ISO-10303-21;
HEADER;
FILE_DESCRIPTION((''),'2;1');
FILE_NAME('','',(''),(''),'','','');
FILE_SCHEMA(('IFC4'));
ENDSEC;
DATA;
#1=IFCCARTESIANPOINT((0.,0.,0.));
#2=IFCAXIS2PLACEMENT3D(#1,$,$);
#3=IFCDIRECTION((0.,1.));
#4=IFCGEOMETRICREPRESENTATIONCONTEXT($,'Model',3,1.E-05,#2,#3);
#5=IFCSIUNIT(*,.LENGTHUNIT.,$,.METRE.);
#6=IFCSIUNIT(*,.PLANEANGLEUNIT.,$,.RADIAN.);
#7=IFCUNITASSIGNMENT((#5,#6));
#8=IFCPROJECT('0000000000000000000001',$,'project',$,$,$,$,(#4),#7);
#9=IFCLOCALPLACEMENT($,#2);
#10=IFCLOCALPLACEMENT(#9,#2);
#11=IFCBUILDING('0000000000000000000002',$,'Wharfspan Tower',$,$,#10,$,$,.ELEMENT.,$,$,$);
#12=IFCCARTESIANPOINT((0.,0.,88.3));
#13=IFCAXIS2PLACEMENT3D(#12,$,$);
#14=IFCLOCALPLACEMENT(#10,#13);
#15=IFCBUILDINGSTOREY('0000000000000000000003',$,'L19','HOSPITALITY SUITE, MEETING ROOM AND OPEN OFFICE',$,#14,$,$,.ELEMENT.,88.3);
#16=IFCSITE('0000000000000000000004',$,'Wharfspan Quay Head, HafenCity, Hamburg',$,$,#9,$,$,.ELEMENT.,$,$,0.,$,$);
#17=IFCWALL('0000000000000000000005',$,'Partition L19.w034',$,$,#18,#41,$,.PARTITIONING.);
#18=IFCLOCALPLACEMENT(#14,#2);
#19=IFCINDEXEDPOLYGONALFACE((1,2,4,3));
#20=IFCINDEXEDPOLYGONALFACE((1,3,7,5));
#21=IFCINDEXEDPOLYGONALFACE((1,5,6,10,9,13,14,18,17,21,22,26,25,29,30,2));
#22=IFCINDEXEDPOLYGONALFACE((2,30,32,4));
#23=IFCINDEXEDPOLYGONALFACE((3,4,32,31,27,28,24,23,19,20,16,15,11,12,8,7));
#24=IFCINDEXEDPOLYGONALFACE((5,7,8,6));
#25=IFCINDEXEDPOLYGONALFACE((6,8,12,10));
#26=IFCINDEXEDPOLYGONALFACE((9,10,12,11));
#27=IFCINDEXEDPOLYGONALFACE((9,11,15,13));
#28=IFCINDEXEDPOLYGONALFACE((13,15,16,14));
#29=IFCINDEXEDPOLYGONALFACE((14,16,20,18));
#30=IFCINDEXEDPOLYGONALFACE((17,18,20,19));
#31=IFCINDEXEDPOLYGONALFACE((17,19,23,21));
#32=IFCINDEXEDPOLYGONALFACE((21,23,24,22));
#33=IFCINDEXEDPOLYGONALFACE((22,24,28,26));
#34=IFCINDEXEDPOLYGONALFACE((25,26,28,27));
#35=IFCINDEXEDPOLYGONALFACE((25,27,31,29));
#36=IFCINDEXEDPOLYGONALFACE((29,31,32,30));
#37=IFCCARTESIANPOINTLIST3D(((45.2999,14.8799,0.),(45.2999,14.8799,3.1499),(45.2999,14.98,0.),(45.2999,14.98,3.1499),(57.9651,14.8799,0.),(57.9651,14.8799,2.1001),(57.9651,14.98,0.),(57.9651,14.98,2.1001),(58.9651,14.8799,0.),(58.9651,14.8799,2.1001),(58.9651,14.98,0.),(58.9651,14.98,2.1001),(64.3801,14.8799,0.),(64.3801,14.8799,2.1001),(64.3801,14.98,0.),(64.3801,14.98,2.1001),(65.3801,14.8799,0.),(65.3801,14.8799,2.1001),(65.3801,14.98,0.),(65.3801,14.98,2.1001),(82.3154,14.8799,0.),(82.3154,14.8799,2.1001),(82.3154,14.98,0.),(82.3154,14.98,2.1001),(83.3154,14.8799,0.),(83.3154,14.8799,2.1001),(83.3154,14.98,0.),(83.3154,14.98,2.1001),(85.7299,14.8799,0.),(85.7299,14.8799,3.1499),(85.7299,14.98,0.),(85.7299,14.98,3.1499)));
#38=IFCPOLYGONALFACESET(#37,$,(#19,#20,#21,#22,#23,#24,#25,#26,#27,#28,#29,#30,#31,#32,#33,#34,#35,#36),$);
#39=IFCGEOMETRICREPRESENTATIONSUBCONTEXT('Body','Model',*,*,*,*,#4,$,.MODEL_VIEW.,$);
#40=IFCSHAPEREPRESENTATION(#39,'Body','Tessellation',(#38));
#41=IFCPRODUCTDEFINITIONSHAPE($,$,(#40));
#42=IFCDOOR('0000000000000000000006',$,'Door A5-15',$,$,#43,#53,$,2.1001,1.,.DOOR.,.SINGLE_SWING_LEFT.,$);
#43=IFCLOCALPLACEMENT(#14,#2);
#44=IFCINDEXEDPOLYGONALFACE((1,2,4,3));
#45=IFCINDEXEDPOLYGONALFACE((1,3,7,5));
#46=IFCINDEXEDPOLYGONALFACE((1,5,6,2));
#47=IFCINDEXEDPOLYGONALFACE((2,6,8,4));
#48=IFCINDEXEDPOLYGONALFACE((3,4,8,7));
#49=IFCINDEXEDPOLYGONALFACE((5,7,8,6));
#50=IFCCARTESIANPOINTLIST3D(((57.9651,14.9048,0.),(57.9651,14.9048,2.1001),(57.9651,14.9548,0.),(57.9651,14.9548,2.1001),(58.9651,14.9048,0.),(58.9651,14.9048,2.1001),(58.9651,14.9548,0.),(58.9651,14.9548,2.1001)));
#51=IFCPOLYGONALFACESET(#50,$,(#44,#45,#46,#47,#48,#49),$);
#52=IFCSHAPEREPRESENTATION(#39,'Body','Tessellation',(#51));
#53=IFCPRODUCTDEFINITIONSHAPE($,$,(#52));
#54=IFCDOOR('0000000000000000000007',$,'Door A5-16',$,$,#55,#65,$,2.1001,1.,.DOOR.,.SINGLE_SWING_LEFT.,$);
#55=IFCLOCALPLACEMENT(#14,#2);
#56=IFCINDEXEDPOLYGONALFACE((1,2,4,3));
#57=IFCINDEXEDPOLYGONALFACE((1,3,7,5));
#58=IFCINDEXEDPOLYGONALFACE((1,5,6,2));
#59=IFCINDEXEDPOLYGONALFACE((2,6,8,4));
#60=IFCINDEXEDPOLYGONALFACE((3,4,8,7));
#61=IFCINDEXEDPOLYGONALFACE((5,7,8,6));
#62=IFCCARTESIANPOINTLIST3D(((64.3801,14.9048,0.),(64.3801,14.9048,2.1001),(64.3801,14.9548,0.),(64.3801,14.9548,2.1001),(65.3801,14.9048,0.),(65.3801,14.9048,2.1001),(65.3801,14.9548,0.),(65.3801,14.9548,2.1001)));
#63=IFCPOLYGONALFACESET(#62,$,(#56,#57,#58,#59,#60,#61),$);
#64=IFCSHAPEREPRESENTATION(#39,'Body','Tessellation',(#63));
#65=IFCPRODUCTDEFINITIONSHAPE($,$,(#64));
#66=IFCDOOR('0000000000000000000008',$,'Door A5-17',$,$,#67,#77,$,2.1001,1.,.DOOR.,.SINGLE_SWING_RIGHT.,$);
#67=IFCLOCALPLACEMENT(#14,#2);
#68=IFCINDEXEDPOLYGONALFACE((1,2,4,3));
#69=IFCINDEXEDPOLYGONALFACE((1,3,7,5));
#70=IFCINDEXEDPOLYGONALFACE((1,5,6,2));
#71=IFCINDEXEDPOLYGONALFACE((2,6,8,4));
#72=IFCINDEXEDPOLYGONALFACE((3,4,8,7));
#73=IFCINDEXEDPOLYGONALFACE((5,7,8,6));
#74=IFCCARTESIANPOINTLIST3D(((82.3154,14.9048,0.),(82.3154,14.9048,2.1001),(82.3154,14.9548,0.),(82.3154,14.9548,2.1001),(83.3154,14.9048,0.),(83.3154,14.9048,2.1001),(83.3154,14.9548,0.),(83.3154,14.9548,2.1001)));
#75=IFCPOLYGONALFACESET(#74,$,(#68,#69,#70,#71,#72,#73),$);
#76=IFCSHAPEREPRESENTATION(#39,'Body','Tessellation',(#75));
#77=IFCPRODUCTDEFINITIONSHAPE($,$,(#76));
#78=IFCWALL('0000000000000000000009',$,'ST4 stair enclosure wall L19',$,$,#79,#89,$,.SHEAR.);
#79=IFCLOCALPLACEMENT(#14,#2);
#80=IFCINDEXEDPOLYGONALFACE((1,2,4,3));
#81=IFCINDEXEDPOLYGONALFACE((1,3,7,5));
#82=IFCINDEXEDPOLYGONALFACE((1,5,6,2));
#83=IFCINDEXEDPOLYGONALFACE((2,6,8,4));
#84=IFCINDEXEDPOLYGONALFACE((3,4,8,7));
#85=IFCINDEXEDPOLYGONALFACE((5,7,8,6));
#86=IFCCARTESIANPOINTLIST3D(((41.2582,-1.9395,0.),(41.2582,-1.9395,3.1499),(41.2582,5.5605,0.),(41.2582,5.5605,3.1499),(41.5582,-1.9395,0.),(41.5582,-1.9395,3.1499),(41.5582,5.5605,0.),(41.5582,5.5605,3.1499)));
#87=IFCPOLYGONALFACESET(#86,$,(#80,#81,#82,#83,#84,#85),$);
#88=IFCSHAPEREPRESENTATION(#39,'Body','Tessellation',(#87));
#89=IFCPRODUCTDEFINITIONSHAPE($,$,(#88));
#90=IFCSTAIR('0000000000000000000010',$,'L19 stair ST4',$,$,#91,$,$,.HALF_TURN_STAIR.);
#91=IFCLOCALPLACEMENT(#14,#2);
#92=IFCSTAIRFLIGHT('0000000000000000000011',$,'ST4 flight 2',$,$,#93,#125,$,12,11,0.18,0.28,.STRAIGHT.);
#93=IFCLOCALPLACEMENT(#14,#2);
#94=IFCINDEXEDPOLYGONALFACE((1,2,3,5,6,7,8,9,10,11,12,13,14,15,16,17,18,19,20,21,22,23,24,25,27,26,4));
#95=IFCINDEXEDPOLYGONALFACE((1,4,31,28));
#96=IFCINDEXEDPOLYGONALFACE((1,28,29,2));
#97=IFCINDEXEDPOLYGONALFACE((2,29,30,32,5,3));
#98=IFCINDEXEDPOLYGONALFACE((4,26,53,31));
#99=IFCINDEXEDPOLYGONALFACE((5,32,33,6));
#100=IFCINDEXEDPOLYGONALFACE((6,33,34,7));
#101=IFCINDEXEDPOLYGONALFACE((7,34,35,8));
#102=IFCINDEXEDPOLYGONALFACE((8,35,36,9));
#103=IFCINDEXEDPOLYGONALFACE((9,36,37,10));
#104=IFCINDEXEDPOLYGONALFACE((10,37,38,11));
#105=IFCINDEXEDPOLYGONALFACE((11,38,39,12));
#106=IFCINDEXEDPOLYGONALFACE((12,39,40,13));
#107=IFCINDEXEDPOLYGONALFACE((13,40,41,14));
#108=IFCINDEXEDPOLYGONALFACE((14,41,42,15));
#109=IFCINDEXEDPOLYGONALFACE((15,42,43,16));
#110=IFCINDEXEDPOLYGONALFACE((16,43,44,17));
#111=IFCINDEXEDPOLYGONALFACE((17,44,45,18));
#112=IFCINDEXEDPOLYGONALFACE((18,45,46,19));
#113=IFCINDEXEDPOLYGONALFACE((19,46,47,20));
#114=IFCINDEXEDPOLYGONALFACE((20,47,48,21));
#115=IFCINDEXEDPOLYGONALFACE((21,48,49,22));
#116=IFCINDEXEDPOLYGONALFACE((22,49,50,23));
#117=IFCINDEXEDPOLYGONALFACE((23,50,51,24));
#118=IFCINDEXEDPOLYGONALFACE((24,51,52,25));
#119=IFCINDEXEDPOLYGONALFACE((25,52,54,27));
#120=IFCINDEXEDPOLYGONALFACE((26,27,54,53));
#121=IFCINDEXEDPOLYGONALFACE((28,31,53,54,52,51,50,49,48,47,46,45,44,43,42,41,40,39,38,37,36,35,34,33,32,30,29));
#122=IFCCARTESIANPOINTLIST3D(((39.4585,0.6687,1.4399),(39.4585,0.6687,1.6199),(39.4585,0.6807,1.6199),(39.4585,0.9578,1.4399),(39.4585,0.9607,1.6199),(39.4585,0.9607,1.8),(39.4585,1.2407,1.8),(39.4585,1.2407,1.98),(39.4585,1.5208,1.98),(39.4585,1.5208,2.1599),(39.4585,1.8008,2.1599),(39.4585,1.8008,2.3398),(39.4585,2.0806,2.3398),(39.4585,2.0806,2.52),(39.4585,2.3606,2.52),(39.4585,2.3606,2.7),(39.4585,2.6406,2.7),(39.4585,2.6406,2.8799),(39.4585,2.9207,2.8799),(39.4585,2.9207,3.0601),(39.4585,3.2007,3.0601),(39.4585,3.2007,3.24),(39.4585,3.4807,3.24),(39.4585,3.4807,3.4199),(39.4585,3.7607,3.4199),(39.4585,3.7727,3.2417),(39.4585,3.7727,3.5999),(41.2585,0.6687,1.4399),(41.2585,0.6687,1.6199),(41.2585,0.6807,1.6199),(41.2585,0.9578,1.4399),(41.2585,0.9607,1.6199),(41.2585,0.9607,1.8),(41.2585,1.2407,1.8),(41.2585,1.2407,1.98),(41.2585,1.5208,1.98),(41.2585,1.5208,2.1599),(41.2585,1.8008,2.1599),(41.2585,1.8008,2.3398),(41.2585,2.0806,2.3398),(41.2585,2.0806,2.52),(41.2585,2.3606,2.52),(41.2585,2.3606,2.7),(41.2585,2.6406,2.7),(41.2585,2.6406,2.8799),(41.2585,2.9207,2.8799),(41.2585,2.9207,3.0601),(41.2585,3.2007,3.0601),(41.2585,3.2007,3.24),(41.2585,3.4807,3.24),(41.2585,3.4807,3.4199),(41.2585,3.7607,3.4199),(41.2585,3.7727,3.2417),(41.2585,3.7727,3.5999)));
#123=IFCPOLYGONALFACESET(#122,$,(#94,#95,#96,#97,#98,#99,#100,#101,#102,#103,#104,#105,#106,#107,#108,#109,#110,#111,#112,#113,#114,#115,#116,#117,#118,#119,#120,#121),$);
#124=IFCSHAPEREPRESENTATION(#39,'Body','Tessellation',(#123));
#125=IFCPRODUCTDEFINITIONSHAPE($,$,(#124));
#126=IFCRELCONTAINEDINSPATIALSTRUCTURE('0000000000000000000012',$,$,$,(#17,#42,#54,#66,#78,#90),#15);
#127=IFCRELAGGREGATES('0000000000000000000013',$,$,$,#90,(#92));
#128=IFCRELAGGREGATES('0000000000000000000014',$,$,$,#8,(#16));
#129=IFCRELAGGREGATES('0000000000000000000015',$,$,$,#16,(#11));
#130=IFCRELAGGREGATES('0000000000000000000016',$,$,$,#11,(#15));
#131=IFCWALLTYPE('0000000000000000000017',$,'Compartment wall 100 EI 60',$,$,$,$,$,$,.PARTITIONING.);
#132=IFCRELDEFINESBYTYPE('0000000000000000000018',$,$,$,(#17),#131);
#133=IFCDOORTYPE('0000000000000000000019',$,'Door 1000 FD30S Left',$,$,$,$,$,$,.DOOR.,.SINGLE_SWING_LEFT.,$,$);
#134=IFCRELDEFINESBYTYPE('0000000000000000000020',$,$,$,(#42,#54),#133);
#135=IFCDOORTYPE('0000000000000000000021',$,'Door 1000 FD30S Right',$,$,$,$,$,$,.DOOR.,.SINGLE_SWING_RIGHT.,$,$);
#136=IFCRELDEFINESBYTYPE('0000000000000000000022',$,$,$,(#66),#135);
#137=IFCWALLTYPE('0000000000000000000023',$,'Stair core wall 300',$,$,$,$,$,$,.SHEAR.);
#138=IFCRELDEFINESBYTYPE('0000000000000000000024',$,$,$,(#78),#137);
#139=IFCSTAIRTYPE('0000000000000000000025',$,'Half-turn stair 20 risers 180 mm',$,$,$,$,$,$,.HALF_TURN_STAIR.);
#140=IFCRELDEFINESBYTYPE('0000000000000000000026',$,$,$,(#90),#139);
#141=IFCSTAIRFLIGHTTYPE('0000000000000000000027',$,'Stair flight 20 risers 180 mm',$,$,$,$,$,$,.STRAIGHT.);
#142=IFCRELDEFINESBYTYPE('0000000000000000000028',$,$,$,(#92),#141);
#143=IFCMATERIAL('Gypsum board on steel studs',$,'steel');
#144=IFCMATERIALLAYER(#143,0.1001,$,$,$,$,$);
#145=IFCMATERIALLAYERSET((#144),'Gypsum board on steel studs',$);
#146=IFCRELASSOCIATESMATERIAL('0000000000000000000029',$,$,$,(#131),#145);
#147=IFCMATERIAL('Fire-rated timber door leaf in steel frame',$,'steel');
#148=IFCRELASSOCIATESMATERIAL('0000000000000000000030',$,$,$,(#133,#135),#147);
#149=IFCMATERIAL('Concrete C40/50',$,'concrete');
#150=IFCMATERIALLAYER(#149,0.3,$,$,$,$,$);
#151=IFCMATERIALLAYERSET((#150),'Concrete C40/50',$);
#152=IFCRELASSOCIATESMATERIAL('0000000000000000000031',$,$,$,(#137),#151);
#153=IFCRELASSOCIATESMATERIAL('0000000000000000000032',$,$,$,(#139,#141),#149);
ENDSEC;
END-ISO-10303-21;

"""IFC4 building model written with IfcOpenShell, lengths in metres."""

from ifc_helpers import new_model, si_unit, direction, frame, frame_2d, origin, place, context, subcontext, project, spatial, polyline, rectangle, outline, extrude, material, layer, layer_set, type_object, element, fill, aggregate, save


model = new_model("IFC4")

# Units and contexts
model_context = context("Model", 3, precision=1e-05, world=origin(), true_north=direction((0.0, 1.0)))
body_context = subcontext(model_context, "Body", "Model", "MODEL_VIEW")
ifc_project = project(units=[si_unit("LENGTHUNIT", "METRE"), si_unit("PLANEANGLEUNIT", "RADIAN")], contexts=[model_context])

# Site, building, storey
site_placement = place(None, origin())
site = spatial("IfcSite", under=ifc_project, at=site_placement, Name="Wharfspan Quay Head, HafenCity, Hamburg", CompositionType="ELEMENT", RefElevation=0.0)
building_placement = place(site_placement, origin())
building = spatial("IfcBuilding", under=site, at=building_placement, Name="Wharfspan Tower", CompositionType="ELEMENT")
storey_placement = place(building_placement, frame((0.0, 0.0, 88.3)))
storey = spatial("IfcBuildingStorey", under=building, at=storey_placement, Name="L19", Description="HOSPITALITY SUITE, MEETING ROOM AND OPEN OFFICE", CompositionType="ELEMENT", Elevation=88.3)

# Shared definitions
ifc_material_1 = material(Name="Gypsum board on steel studs", Category="steel")
ifc_layer_1 = layer(ifc_material_1, 0.1001)
ifc_layer_set_1 = layer_set([ifc_layer_1], Name="Gypsum board on steel studs")
wall_type_1 = type_object("IfcWallType", Name="Compartment wall 100 EI 60", PredefinedType="PARTITIONING", material=ifc_layer_set_1)

# Shared definitions
ifc_material_2 = material(Name="Fire-rated timber door leaf in steel frame", Category="steel")

# Shared definitions
door_type_1 = type_object("IfcDoorType", Name="Door 1000 FD30S Left", OperationType="SINGLE_SWING_LEFT", PredefinedType="DOOR", material=ifc_material_2)
door_type_2 = type_object("IfcDoorType", Name="Door 1000 FD30S Right", OperationType="SINGLE_SWING_RIGHT", PredefinedType="DOOR", material=ifc_material_2)

# Wall, openings, doors
wall_1_placement = place(storey_placement, frame((45.3, 14.9299, 0.0), z_axis=(0.0, 0.0, 1.0), x_axis=(1.0, 0.0, 0.0)))
wall_1 = element("IfcWall", 1, at=wall_1_placement, inside=storey, type_object=wall_type_1, Name="Partition L19.w034", PredefinedType="PARTITIONING", context=body_context, shape_type="SweptSolid", body=[
    extrude(rectangle(XDim=40.4299, YDim=0.1001, at=frame_2d((20.2148, 0.0))), origin(), (0.0, 0.0, 1.0), 3.1499),
])
opening_1_placement = place(wall_1_placement, frame((12.665, 0.0, 0.0)))
opening_1 = element("IfcOpeningElement", 2, at=opening_1_placement, cuts=wall_1, PredefinedType="OPENING", context=body_context, shape_type="SweptSolid", body=[
    extrude(rectangle(XDim=1.0, YDim=2.1001, at=frame_2d((0.5, 1.05))), frame((0.0, 0.0601, 0.0), z_axis=(0.0, -1.0, 0.0), x_axis=(1.0, 0.0, 0.0)), (0.0, 0.0, 1.0), 0.1201),
])
opening_2_placement = place(wall_1_placement, frame((19.0801, 0.0, 0.0)))
opening_2 = element("IfcOpeningElement", 3, at=opening_2_placement, cuts=wall_1, PredefinedType="OPENING", context=body_context, shape_type="SweptSolid", body=[
    extrude(rectangle(XDim=1.0, YDim=2.1001, at=frame_2d((0.5, 1.05))), frame((0.0, 0.0601, 0.0), z_axis=(0.0, -1.0, 0.0), x_axis=(1.0, 0.0, 0.0)), (0.0, 0.0, 1.0), 0.1201),
])
opening_3_placement = place(wall_1_placement, frame((37.0154, 0.0, 0.0)))
opening_3 = element("IfcOpeningElement", 4, at=opening_3_placement, cuts=wall_1, PredefinedType="OPENING", context=body_context, shape_type="SweptSolid", body=[
    extrude(rectangle(XDim=1.0, YDim=2.1001, at=frame_2d((0.5, 1.05))), frame((0.0, 0.0601, 0.0), z_axis=(0.0, -1.0, 0.0), x_axis=(1.0, 0.0, 0.0)), (0.0, 0.0, 1.0), 0.1201),
])
door_1_placement = place(opening_1_placement, origin())
door_1 = element("IfcDoor", 5, at=door_1_placement, inside=storey, type_object=door_type_1, Name="Door A5-15", OperationType="SINGLE_SWING_LEFT", OverallHeight=2.1001, OverallWidth=1.0, PredefinedType="DOOR", context=body_context, shape_type="SweptSolid", body=[
    extrude(rectangle(XDim=1.0, YDim=2.1001, at=frame_2d((0.5, 1.05))), frame((0.0, 0.0249, 0.0), z_axis=(0.0, -1.0, 0.0), x_axis=(1.0, 0.0, 0.0)), (0.0, 0.0, 1.0), 0.05),
])
fill(opening_1, door_1)
door_2_placement = place(opening_2_placement, origin())
door_2 = element("IfcDoor", 6, at=door_2_placement, inside=storey, type_object=door_type_1, Name="Door A5-16", OperationType="SINGLE_SWING_LEFT", OverallHeight=2.1001, OverallWidth=1.0, PredefinedType="DOOR", context=body_context, shape_type="SweptSolid", body=[
    extrude(rectangle(XDim=1.0, YDim=2.1001, at=frame_2d((0.5, 1.05))), frame((0.0, 0.0249, 0.0), z_axis=(0.0, -1.0, 0.0), x_axis=(1.0, 0.0, 0.0)), (0.0, 0.0, 1.0), 0.05),
])
fill(opening_2, door_2)
door_3_placement = place(opening_3_placement, origin())
door_3 = element("IfcDoor", 7, at=door_3_placement, inside=storey, type_object=door_type_2, Name="Door A5-17", OperationType="SINGLE_SWING_RIGHT", OverallHeight=2.1001, OverallWidth=1.0, PredefinedType="DOOR", context=body_context, shape_type="SweptSolid", body=[
    extrude(rectangle(XDim=1.0, YDim=2.1001, at=frame_2d((0.5, 1.05))), frame((0.0, 0.0249, 0.0), z_axis=(0.0, -1.0, 0.0), x_axis=(1.0, 0.0, 0.0)), (0.0, 0.0, 1.0), 0.05),
])
fill(opening_3, door_3)

# Wall
ifc_material_3 = material(Name="Concrete C40/50", Category="concrete")
ifc_layer_2 = layer(ifc_material_3, 0.3)
ifc_layer_set_2 = layer_set([ifc_layer_2], Name="Concrete C40/50")
wall_type_2 = type_object("IfcWallType", Name="Stair core wall 300", PredefinedType="SHEAR", material=ifc_layer_set_2)
wall_2_placement = place(storey_placement, frame((41.4082, -1.9395, 0.0), z_axis=(0.0, 0.0, 1.0), x_axis=(0.0, 1.0, 0.0)))
element("IfcWall", 8, at=wall_2_placement, inside=storey, type_object=wall_type_2, Name="ST4 stair enclosure wall L19", PredefinedType="SHEAR", context=body_context, shape_type="SweptSolid", body=[
    extrude(rectangle(XDim=7.5, YDim=0.3, at=frame_2d((3.75, 0.0))), origin(), (0.0, 0.0, 1.0), 3.1499),
])

# Stair, stair flight
stair_type = type_object("IfcStairType", Name="Half-turn stair 20 risers 180 mm", PredefinedType="HALF_TURN_STAIR", material=ifc_material_3)
stair_placement = place(storey_placement, origin())
stair = element("IfcStair", 9, at=stair_placement, inside=storey, type_object=stair_type, Name="L19 stair ST4", PredefinedType="HALF_TURN_STAIR")
stair_flight_type = type_object("IfcStairFlightType", Name="Stair flight 20 risers 180 mm", PredefinedType="STRAIGHT", material=ifc_material_3)
stair_flight_placement = place(storey_placement, frame((40.3584, 0.6807, 1.4399), z_axis=(0.0, 0.0, 1.0), x_axis=(0.0, 1.0, 0.0)))
stair_flight = element("IfcStairFlight", 10, at=stair_flight_placement, type_object=stair_flight_type, Name="ST4 flight 2", NumberOfRisers=12, NumberOfTreads=11, PredefinedType="STRAIGHT", RiserHeight=0.18, TreadLength=0.28, context=body_context, shape_type="SweptSolid", body=[
    extrude(outline(polyline([(-0.012, 0.0), (-0.012, 0.1799), (0.0, 0.1799), (0.28, 0.1799), (0.28, 0.3601), (0.5601, 0.3601), (0.5601, 0.54), (0.8401, 0.54), (0.8401, 0.72), (1.1201, 0.72), (1.1201, 0.8999), (1.3999, 0.8999), (1.3999, 1.0801), (1.6799, 1.0801), (1.6799, 1.26), (1.96, 1.26), (1.96, 1.4399), (2.24, 1.4399), (2.24, 1.6201), (2.52, 1.6201), (2.52, 1.8), (2.8, 1.8), (2.8, 1.98), (3.0801, 1.98), (3.092, 2.1599), (3.092, 1.8018), (0.2771, 0.0), (-0.012, 0.0)])), frame((0.0, 0.8999, 0.0), z_axis=(0.0, -1.0, 0.0), x_axis=(1.0, 0.0, 0.0)), (0.0, 0.0, 1.0), 1.8),
])
aggregate(stair, [stair_flight])

save(model, "model.ifc")
